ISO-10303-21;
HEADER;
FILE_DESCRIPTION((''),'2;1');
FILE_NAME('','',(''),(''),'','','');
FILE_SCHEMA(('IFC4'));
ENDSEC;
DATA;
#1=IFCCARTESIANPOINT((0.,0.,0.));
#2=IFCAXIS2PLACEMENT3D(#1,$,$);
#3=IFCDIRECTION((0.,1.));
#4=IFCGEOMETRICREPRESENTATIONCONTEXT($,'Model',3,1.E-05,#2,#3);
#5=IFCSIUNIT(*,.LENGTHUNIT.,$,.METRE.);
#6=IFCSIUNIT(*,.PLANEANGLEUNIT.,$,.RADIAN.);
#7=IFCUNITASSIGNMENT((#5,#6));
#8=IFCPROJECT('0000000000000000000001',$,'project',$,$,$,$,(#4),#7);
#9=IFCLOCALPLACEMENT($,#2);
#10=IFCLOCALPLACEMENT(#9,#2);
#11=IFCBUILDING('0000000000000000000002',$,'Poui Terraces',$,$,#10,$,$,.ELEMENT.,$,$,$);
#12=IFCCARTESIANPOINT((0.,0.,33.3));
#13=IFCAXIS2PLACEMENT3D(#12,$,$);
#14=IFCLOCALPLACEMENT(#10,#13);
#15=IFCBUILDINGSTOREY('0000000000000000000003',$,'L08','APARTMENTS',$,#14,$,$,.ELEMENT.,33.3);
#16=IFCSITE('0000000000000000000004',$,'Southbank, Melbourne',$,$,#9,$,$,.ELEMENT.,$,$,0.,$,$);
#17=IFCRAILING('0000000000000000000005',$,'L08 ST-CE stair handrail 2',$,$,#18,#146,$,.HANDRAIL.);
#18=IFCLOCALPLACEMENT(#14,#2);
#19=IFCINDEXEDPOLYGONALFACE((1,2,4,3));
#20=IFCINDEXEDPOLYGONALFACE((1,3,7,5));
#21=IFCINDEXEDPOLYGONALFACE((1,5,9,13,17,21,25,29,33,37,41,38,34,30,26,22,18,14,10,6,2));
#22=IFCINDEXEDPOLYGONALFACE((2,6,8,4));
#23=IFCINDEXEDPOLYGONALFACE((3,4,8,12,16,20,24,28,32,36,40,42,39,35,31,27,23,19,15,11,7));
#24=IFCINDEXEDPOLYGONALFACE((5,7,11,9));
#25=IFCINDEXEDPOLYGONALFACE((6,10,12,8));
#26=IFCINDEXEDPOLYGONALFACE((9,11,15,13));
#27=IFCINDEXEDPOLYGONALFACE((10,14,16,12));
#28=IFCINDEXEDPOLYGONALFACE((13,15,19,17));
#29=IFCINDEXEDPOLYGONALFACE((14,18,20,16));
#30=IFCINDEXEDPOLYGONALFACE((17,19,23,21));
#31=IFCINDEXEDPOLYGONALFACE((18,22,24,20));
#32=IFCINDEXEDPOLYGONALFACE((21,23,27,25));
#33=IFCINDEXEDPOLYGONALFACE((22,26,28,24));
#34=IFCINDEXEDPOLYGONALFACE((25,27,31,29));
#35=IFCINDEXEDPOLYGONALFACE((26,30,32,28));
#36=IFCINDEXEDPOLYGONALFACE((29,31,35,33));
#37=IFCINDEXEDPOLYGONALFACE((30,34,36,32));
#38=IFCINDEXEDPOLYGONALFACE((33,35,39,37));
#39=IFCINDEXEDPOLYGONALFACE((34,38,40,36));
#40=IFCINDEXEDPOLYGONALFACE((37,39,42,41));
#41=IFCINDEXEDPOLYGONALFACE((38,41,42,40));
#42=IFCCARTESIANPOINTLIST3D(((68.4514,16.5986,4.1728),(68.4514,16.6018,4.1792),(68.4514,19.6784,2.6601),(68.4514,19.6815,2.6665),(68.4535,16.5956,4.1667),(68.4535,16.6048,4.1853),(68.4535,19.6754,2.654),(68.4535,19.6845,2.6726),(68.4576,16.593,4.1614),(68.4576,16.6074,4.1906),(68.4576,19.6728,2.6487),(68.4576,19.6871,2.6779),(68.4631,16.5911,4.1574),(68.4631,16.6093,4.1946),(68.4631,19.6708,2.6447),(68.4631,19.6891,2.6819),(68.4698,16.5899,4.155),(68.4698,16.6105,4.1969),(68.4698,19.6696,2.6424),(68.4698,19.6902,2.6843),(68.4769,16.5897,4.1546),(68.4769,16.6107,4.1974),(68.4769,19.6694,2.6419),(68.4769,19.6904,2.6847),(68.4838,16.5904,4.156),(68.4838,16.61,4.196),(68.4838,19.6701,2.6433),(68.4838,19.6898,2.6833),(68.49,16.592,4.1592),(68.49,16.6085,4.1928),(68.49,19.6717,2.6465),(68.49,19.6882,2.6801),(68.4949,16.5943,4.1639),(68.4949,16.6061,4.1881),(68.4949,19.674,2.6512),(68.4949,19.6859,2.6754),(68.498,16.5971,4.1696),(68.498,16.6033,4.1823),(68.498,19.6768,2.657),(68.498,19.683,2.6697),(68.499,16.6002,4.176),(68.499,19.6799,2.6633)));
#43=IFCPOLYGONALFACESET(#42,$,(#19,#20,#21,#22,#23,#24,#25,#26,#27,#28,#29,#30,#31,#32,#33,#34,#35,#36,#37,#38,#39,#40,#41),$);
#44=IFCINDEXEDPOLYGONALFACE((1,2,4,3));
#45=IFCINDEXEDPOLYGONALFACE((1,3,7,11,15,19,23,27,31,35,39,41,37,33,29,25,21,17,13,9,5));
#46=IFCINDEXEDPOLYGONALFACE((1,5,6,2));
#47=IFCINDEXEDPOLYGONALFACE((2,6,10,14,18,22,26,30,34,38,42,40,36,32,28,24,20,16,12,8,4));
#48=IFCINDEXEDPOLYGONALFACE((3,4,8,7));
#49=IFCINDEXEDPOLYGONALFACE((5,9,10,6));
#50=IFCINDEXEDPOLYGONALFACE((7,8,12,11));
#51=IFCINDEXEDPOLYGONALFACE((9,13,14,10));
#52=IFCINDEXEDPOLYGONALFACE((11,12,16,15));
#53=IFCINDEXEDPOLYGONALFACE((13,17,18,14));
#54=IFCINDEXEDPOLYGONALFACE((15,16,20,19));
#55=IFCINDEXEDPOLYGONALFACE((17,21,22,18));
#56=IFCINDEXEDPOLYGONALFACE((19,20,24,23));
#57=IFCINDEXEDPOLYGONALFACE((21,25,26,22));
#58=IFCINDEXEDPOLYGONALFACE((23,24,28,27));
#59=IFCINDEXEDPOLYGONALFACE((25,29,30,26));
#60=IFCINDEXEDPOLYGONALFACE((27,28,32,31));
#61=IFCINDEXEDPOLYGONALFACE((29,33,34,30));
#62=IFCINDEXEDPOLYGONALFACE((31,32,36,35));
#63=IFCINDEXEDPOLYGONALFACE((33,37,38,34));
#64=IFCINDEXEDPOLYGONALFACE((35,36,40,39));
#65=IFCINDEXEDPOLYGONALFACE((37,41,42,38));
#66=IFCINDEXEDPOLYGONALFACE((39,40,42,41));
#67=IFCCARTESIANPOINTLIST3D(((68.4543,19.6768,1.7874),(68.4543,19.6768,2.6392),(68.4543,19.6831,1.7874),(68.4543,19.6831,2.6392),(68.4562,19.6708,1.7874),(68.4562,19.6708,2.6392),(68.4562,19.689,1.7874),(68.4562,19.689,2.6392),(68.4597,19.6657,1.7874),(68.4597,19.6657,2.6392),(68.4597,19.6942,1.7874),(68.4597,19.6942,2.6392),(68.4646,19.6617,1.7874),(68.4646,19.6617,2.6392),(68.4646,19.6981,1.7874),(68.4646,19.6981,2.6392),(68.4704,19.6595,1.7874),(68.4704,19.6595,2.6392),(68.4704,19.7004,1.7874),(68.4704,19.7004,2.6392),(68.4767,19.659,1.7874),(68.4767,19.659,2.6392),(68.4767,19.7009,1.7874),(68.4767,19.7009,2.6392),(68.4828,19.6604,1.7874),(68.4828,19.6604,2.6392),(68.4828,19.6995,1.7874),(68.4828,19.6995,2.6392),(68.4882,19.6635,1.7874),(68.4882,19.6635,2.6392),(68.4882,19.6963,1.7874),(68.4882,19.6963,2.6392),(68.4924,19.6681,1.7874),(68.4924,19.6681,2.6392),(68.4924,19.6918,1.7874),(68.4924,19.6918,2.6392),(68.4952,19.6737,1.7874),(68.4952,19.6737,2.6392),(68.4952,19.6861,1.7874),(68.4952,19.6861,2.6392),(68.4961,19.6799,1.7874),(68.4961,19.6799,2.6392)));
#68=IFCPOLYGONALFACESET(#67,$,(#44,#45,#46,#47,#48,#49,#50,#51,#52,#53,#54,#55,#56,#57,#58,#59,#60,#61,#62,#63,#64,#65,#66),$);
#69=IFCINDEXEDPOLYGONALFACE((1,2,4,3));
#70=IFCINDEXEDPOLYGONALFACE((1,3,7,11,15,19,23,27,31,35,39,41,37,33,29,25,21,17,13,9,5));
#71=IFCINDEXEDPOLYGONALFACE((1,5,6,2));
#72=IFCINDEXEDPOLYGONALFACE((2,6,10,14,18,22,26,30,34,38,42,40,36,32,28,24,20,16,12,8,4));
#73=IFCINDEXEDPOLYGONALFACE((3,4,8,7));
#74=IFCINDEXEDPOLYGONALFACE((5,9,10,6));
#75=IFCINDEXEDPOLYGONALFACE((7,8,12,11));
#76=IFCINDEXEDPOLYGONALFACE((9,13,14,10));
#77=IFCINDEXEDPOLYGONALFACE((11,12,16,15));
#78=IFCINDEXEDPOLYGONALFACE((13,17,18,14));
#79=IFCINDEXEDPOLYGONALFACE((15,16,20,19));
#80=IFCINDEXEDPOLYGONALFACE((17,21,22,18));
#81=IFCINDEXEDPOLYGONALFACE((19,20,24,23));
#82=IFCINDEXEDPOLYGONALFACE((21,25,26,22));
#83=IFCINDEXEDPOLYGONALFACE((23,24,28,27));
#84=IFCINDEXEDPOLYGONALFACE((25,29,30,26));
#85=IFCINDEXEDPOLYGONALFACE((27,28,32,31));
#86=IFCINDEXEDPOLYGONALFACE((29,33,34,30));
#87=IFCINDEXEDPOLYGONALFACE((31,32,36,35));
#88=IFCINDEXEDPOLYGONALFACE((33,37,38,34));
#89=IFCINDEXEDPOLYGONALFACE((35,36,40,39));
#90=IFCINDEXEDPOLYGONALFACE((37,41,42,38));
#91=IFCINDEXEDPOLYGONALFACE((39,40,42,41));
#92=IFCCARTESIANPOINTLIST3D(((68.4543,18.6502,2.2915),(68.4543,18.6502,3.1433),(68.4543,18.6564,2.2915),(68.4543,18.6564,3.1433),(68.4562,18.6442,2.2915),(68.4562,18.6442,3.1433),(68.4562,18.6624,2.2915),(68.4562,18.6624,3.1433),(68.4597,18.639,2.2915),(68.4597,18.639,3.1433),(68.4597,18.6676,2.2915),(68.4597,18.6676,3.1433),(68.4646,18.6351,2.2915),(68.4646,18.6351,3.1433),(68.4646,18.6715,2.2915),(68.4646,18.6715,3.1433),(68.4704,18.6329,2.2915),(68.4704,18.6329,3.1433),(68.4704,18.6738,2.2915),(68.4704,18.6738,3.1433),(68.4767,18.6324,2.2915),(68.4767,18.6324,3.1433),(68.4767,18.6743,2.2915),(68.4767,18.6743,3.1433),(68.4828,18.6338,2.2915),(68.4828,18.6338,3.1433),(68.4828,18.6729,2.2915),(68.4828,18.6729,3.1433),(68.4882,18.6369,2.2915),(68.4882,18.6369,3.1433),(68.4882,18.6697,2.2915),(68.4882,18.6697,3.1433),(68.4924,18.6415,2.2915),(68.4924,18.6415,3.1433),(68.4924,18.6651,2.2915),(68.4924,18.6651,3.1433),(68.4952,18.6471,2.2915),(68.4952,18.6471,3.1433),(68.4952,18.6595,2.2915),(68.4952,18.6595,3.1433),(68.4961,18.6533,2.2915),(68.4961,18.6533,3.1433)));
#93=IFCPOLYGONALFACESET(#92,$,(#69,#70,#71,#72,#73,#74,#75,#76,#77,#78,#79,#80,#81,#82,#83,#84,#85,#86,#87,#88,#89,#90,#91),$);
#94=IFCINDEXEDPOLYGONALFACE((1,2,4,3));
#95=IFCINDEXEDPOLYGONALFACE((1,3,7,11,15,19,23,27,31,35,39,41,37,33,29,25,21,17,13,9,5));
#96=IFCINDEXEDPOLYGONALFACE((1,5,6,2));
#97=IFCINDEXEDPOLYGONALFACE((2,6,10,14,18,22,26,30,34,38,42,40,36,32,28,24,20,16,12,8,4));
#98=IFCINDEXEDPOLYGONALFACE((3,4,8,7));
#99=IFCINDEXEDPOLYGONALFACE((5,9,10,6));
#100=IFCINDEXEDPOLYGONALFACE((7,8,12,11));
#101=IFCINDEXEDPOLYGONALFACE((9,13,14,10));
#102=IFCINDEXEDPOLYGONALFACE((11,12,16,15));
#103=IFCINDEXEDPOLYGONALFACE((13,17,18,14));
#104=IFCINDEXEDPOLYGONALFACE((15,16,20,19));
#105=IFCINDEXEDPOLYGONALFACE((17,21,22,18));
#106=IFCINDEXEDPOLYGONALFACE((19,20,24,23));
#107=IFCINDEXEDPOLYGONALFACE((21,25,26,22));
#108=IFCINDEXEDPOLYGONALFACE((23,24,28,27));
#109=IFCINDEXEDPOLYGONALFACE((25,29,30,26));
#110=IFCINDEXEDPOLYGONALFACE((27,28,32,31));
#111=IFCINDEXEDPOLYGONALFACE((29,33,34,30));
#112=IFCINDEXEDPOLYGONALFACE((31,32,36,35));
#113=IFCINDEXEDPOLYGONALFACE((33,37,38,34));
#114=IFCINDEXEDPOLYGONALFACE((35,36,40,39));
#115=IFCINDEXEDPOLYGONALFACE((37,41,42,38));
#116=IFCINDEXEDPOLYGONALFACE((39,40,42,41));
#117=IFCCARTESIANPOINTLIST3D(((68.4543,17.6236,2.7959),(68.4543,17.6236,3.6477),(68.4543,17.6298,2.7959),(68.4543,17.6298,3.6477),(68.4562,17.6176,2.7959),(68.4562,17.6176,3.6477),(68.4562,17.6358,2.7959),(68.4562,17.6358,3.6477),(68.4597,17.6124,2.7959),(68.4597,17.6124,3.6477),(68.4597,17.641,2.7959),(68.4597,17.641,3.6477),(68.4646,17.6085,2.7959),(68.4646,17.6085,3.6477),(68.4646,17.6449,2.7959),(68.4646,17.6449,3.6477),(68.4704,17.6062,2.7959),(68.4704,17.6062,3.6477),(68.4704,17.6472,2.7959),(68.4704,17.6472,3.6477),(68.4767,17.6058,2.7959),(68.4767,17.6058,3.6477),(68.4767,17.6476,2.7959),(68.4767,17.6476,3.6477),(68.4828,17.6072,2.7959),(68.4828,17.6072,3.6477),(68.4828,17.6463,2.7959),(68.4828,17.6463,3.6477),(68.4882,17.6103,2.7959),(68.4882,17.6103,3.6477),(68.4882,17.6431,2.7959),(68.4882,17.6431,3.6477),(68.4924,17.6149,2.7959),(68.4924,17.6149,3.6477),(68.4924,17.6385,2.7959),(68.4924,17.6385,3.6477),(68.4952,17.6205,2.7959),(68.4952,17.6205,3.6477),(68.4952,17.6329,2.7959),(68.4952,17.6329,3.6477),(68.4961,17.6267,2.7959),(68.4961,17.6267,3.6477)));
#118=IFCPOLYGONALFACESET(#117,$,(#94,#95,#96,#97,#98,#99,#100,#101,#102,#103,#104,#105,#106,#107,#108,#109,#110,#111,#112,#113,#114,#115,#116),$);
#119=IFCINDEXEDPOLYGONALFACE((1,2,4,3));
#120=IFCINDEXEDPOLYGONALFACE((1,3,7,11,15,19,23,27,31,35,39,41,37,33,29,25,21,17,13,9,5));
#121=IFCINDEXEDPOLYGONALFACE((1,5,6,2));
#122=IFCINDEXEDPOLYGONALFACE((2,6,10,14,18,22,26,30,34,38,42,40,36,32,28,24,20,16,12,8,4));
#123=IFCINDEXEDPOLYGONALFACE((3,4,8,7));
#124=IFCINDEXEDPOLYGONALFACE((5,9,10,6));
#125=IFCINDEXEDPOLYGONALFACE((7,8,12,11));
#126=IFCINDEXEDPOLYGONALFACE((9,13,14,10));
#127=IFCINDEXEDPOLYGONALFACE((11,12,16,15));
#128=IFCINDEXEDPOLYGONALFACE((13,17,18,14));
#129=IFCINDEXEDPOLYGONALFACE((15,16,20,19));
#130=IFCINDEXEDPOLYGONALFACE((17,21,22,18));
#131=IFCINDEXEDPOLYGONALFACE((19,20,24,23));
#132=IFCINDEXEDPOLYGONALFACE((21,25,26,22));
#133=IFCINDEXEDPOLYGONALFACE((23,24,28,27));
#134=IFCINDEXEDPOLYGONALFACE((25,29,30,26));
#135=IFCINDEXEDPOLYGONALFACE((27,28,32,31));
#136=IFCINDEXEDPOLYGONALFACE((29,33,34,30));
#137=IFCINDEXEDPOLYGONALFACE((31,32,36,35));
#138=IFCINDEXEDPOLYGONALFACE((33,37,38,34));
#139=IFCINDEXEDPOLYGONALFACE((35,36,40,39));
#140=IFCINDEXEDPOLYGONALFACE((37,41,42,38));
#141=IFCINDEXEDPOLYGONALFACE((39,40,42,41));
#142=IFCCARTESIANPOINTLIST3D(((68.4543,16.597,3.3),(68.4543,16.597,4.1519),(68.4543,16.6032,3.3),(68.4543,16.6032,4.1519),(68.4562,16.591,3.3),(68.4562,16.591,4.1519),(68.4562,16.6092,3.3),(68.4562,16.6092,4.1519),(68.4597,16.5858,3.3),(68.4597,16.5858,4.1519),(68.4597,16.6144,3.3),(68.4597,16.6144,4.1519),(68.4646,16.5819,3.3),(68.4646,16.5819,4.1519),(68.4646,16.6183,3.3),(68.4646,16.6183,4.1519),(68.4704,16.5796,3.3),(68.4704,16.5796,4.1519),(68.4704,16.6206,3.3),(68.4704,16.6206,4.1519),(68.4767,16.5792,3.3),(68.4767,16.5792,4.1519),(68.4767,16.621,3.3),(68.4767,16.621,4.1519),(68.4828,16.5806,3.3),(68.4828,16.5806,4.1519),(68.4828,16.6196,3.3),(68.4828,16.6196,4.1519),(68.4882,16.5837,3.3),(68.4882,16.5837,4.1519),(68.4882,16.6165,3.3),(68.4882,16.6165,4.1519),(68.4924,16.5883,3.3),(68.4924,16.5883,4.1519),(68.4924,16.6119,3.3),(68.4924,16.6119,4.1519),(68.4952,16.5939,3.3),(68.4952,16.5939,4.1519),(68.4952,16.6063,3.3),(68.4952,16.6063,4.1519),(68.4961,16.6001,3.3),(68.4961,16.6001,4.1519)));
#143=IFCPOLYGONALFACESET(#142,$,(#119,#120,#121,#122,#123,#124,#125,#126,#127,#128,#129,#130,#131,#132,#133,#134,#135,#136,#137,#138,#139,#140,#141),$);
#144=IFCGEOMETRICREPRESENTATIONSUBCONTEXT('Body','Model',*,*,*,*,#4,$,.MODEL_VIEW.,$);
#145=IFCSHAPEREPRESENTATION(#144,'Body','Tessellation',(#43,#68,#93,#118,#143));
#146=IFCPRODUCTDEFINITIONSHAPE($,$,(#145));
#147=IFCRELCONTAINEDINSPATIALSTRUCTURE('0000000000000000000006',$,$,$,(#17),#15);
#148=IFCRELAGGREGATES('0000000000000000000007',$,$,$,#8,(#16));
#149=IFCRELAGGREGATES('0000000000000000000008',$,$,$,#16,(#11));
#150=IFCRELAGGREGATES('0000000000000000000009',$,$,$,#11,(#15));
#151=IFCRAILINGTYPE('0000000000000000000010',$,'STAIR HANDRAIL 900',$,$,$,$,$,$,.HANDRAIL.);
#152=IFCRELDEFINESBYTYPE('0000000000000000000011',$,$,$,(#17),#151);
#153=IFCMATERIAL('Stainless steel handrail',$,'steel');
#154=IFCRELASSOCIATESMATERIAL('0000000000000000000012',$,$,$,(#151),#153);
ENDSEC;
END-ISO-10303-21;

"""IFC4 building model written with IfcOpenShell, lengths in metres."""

from ifc_helpers import new_model, si_unit, direction, frame, origin, origin_2d, place, context, subcontext, project, spatial, circle, extrude, material, type_object, element, save


model = new_model("IFC4")

# Units and contexts
model_context = context("Model", 3, precision=1e-05, world=origin(), true_north=direction((0.0, 1.0)))
body_context = subcontext(model_context, "Body", "Model", "MODEL_VIEW")
ifc_project = project(units=[si_unit("LENGTHUNIT", "METRE"), si_unit("PLANEANGLEUNIT", "RADIAN")], contexts=[model_context])

# Site, building, storey
site_placement = place(None, origin())
site = spatial("IfcSite", under=ifc_project, at=site_placement, Name="Southbank, Melbourne", CompositionType="ELEMENT", RefElevation=0.0)
building_placement = place(site_placement, origin())
building = spatial("IfcBuilding", under=site, at=building_placement, Name="Poui Terraces", CompositionType="ELEMENT")
storey_placement = place(building_placement, frame((0.0, 0.0, 33.3)))
storey = spatial("IfcBuildingStorey", under=building, at=storey_placement, Name="L08", Description="APARTMENTS", CompositionType="ELEMENT", Elevation=33.3)

# Railing
ifc_material_1 = material(Name="Stainless steel handrail", Category="steel")
railing_type_1 = type_object("IfcRailingType", Name="STAIR HANDRAIL 900", PredefinedType="HANDRAIL", material=ifc_material_1)
railing_1_placement = place(storey_placement, frame((68.4751, 19.6799, 1.7874)))
element("IfcRailing", 1, at=railing_1_placement, inside=storey, type_object=railing_type_1, Name="L08 ST-CE stair handrail 2", PredefinedType="HANDRAIL", context=body_context, shape_type="SweptSolid", body=[
    extrude(circle(Radius=0.0239, at=origin_2d()), frame((0.0, 0.0, 0.876), z_axis=(0.0, -0.897578, 0.440856), x_axis=(1.0, 0.0, 0.0)), (0.0, 0.0, 1.0), 3.4312),
    extrude(circle(Radius=0.021, at=origin_2d()), origin(), (0.0, 0.0, 1.0), 0.8518),
    extrude(circle(Radius=0.021, at=origin_2d()), frame((0.0, -1.0266, 0.5042)), (0.0, 0.0, 1.0), 0.8518),
    extrude(circle(Radius=0.021, at=origin_2d()), frame((0.0, -2.0532, 1.0085)), (0.0, 0.0, 1.0), 0.8518),
    extrude(circle(Radius=0.021, at=origin_2d()), frame((0.0, -3.0798, 1.5127)), (0.0, 0.0, 1.0), 0.8518),
])

save(model, "model.ifc")
